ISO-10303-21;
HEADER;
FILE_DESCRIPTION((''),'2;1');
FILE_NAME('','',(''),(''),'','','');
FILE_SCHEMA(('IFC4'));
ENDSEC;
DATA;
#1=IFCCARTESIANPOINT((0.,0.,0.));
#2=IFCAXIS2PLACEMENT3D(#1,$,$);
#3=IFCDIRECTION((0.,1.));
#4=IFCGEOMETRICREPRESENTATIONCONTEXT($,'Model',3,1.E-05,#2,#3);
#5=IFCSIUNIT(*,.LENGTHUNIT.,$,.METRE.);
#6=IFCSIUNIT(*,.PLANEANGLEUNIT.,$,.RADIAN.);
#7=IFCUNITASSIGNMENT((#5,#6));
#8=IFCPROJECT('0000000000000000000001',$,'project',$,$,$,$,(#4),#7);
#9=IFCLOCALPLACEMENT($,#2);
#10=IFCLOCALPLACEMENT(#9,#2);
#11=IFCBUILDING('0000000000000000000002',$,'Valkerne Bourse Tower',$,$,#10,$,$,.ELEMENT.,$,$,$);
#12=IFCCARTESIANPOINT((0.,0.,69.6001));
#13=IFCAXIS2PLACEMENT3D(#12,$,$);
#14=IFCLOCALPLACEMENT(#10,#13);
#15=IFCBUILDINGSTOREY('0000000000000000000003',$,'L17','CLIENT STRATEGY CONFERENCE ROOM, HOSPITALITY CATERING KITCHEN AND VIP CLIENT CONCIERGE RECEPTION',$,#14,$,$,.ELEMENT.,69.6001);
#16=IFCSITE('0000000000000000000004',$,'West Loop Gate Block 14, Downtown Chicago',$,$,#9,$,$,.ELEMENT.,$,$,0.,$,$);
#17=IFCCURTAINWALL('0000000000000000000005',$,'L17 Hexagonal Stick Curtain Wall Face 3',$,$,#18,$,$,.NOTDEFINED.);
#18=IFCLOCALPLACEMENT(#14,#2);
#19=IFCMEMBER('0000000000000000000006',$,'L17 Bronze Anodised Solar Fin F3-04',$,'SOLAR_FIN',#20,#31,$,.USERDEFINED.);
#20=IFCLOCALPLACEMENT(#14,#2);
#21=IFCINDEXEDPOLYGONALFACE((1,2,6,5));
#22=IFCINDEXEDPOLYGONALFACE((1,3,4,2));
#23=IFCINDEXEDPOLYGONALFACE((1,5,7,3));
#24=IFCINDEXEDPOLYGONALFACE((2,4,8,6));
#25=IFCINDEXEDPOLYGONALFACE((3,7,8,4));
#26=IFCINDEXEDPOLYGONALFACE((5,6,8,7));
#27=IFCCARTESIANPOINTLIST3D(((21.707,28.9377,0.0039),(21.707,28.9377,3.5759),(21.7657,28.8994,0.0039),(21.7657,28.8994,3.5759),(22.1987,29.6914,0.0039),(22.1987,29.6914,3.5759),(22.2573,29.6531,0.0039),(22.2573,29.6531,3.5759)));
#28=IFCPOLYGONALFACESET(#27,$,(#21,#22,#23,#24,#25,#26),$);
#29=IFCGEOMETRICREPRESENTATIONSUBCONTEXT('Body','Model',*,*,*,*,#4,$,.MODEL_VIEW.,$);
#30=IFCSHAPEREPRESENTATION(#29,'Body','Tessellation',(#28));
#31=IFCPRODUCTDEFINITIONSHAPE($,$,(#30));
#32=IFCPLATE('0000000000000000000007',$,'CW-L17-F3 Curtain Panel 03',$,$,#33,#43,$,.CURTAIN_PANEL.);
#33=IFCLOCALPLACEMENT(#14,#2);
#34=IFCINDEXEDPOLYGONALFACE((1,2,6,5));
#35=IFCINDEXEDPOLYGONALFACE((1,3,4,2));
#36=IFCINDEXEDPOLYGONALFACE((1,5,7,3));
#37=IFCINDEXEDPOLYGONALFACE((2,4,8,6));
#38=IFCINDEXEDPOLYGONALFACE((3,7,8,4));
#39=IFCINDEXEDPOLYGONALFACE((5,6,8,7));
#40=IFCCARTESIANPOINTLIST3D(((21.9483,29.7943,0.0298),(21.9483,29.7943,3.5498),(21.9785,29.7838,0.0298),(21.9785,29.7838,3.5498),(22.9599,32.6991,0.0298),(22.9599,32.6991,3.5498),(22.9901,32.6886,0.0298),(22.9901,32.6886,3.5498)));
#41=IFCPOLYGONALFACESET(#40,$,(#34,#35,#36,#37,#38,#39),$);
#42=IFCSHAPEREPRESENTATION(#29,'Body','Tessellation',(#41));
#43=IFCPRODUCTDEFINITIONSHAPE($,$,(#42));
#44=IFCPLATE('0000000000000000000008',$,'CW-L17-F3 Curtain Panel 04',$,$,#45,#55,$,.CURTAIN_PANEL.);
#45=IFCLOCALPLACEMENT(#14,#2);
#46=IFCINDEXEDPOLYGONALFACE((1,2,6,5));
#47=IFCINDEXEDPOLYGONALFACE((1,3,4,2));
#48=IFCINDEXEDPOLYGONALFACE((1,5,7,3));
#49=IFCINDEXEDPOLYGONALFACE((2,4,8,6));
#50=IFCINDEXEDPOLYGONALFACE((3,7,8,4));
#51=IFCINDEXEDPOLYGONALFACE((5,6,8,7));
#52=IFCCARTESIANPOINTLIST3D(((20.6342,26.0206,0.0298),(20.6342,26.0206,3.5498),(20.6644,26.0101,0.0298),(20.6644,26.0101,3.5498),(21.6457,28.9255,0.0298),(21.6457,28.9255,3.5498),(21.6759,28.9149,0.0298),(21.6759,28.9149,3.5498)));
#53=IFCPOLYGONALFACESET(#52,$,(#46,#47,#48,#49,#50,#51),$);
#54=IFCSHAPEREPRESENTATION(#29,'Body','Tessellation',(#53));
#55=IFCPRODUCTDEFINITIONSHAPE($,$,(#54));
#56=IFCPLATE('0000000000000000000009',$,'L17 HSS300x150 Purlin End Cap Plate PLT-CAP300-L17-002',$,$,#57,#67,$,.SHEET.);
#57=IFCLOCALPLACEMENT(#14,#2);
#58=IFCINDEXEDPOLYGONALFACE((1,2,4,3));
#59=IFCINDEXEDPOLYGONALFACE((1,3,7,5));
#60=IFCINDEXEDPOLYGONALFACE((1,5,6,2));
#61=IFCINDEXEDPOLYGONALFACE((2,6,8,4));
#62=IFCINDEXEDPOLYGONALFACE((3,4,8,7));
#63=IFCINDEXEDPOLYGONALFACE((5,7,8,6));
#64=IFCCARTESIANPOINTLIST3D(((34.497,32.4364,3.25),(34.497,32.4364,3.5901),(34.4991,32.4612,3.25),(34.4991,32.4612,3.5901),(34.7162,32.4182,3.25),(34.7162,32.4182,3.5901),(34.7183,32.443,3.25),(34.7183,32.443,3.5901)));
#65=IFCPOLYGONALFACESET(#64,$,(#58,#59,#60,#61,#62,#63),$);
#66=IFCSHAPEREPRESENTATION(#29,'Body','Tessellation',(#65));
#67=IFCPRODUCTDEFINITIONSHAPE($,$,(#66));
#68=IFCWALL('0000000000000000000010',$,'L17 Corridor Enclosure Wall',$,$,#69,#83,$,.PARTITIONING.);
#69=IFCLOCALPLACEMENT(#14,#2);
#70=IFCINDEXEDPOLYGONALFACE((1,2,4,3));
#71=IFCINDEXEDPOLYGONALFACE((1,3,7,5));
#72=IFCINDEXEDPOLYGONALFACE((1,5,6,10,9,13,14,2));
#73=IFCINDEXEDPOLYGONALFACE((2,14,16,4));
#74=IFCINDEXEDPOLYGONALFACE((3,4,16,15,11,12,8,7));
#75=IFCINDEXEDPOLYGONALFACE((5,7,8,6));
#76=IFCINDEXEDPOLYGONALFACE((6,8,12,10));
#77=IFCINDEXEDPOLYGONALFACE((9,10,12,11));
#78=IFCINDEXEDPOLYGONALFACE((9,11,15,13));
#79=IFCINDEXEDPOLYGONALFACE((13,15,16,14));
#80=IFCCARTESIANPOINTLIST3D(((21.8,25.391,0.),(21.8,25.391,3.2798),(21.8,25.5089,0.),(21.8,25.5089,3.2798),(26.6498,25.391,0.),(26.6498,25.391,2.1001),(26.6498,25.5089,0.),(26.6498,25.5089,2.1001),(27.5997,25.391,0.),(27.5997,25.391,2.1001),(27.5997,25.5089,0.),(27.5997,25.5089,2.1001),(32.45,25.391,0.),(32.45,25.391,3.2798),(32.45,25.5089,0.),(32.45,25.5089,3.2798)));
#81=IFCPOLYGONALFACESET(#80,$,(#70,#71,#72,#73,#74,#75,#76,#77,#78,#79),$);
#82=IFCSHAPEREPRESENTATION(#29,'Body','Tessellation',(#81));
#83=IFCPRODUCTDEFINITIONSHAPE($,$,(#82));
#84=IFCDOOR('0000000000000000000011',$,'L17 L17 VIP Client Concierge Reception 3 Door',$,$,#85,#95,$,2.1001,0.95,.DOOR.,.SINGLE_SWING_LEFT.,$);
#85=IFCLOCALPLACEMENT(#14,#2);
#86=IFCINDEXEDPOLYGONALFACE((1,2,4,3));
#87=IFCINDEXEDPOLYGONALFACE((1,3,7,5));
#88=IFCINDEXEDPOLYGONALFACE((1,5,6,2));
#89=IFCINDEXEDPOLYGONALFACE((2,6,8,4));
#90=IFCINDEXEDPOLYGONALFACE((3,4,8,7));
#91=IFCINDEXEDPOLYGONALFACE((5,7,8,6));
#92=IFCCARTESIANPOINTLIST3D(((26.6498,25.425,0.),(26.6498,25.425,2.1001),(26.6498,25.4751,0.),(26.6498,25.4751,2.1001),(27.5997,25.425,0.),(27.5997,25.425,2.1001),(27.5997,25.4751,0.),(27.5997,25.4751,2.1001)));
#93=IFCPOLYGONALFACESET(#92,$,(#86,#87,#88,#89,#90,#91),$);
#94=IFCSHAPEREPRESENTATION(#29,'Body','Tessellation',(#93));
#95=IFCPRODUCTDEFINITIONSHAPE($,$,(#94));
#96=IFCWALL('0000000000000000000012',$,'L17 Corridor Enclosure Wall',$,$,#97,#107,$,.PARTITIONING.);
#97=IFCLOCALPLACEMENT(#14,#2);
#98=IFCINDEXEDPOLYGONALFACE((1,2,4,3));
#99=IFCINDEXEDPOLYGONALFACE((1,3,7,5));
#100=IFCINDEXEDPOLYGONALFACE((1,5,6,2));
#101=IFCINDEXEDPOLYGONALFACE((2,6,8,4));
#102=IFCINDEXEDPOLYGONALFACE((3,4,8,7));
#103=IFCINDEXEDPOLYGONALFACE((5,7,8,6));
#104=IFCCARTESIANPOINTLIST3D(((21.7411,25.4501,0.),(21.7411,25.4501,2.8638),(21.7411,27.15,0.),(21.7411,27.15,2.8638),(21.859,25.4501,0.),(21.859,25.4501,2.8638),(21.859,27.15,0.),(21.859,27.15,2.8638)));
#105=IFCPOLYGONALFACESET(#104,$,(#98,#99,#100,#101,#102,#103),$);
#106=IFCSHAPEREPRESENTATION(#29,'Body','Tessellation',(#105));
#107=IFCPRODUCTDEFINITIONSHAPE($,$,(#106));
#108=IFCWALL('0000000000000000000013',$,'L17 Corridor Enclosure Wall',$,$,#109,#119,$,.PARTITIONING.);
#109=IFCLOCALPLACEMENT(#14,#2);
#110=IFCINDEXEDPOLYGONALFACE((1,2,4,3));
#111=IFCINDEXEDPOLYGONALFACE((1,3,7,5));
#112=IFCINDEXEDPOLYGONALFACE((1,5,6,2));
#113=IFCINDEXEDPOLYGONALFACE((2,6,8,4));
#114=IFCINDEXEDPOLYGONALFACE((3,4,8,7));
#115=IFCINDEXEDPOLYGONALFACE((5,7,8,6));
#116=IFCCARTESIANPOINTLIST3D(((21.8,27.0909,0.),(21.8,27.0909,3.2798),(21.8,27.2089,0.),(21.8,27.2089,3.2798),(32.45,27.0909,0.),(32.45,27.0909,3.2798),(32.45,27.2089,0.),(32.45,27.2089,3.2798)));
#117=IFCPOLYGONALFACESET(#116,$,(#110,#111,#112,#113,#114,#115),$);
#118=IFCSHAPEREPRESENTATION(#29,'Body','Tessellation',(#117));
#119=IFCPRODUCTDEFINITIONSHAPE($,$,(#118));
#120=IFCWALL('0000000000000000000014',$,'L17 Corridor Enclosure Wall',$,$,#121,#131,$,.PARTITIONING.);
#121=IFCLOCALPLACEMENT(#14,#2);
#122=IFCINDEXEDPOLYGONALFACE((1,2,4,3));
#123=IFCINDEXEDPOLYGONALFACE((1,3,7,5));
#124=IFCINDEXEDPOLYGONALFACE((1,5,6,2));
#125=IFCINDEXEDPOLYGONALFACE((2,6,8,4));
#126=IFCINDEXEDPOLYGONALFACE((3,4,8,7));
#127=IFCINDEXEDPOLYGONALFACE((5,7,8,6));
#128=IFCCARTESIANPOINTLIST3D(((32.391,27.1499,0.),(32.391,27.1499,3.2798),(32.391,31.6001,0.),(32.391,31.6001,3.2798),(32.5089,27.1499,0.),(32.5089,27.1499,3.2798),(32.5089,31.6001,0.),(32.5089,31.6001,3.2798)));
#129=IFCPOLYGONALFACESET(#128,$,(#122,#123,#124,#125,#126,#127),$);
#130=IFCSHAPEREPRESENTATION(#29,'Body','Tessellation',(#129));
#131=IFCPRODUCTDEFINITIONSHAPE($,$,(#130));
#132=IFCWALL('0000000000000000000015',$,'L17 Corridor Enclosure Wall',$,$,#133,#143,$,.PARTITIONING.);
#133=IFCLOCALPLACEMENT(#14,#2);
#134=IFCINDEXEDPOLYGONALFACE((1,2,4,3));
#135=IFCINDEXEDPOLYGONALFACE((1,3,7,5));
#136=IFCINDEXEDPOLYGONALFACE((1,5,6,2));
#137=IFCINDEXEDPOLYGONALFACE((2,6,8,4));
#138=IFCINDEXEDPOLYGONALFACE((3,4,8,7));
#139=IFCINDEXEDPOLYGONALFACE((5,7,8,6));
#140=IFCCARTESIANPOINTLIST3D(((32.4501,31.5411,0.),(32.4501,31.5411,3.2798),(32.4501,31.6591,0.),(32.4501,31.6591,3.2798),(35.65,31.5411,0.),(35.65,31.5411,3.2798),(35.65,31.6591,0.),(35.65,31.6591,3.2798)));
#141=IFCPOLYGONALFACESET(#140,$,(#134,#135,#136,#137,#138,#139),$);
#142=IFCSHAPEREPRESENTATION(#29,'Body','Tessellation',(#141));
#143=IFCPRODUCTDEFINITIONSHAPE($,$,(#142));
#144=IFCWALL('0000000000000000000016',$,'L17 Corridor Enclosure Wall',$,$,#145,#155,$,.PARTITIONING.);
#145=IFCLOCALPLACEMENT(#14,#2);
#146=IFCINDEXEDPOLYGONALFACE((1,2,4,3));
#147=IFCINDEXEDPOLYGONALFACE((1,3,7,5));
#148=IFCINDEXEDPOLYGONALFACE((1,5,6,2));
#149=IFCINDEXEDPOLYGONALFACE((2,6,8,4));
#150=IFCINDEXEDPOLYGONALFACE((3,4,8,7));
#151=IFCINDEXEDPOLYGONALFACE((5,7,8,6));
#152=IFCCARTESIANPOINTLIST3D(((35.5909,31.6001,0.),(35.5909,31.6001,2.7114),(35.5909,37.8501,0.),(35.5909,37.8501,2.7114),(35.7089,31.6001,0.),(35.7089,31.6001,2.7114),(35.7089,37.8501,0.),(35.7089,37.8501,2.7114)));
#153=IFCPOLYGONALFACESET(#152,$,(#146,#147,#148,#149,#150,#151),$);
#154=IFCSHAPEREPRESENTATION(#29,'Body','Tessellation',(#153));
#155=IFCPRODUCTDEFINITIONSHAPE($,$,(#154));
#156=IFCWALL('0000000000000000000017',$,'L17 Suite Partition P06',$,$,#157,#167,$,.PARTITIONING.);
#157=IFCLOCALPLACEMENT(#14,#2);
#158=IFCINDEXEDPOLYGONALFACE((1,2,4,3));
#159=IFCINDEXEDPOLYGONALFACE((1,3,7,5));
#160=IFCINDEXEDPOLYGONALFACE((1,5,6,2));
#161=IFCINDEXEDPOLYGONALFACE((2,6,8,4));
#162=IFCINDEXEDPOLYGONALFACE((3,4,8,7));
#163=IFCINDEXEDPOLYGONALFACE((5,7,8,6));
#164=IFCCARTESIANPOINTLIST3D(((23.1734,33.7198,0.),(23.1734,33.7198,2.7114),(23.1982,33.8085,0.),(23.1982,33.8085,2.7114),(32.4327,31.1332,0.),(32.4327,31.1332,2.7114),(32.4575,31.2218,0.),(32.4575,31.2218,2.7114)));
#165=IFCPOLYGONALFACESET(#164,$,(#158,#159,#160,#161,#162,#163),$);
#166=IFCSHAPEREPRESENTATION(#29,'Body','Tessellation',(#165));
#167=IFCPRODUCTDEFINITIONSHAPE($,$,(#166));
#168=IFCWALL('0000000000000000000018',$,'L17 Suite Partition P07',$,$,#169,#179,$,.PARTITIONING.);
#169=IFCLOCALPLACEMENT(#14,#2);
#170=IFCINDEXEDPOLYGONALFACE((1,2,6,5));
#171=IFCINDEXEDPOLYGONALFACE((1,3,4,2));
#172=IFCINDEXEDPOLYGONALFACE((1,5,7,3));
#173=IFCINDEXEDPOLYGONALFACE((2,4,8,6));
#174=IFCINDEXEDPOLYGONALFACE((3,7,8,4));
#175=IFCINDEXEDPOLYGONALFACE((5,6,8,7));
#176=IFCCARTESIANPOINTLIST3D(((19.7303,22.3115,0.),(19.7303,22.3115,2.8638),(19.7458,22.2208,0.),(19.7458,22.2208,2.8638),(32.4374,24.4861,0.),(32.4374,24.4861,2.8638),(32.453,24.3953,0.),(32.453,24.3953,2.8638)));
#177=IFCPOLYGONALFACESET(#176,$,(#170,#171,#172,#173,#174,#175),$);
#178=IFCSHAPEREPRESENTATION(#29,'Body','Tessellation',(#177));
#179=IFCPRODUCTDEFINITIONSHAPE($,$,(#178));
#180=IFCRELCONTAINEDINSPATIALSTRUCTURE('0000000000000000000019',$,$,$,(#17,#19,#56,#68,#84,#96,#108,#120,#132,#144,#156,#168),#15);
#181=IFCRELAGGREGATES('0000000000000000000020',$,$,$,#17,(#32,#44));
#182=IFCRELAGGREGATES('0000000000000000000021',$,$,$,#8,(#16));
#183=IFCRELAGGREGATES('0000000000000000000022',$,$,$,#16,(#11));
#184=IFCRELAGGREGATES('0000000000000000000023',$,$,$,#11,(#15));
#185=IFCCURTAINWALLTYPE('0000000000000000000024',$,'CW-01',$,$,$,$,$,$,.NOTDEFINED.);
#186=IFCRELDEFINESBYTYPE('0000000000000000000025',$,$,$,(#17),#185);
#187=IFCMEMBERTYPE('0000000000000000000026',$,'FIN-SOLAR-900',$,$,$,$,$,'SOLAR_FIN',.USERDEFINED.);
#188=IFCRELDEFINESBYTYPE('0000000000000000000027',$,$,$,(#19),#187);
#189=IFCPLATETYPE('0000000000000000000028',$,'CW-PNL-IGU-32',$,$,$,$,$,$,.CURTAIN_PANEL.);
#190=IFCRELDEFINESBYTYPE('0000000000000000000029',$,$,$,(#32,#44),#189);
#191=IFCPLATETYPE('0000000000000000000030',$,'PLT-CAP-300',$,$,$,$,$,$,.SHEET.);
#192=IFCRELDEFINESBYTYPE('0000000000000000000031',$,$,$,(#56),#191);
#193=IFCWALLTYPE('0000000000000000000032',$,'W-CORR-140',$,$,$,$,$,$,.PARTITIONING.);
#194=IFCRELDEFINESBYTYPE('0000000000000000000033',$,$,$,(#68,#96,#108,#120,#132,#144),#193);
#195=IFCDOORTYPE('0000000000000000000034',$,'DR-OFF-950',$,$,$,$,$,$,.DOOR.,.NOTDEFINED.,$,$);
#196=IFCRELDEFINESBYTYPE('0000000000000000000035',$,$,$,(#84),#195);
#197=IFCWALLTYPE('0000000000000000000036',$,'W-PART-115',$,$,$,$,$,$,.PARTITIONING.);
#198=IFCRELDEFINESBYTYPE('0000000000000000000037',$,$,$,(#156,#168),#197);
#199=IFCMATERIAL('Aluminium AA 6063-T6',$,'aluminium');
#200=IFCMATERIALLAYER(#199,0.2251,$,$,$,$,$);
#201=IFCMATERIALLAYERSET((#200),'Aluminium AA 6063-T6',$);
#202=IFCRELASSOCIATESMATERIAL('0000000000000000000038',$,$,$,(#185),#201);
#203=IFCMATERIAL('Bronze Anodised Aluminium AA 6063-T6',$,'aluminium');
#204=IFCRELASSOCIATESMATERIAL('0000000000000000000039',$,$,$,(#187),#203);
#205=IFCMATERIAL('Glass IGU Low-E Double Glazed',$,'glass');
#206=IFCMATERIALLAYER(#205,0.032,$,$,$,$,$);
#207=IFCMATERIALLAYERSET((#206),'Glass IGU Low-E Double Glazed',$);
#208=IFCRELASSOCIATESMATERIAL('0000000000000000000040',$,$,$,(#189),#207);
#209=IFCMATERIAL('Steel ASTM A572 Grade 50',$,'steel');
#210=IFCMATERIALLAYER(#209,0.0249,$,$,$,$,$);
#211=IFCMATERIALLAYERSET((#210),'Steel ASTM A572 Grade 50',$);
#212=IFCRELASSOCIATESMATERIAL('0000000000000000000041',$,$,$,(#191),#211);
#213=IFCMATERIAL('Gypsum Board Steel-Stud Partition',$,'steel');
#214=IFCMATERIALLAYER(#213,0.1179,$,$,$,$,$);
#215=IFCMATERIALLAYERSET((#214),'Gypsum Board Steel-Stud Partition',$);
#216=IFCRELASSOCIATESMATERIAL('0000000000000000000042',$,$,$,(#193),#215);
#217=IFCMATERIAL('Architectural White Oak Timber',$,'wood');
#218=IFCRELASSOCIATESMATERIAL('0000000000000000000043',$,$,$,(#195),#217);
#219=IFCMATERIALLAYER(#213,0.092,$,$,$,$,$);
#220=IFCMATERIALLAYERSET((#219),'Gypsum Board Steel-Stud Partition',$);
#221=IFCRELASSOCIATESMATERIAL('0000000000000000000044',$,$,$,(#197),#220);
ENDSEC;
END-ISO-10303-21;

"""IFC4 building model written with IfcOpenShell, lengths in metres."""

from ifc_helpers import new_model, si_unit, direction, frame, frame_2d, origin, origin_2d, place, context, subcontext, project, spatial, rectangle, extrude, material, layer, layer_set, material_profile, profile_set, type_object, element, fill, aggregate, save


model = new_model("IFC4")

# Units and contexts
model_context = context("Model", 3, precision=1e-05, world=origin(), true_north=direction((0.0, 1.0)))
body_context = subcontext(model_context, "Body", "Model", "MODEL_VIEW")
ifc_project = project(units=[si_unit("LENGTHUNIT", "METRE"), si_unit("PLANEANGLEUNIT", "RADIAN")], contexts=[model_context])

# Site, building, storey
site_placement = place(None, origin())
site = spatial("IfcSite", under=ifc_project, at=site_placement, Name="West Loop Gate Block 14, Downtown Chicago", CompositionType="ELEMENT", RefElevation=0.0)
building_placement = place(site_placement, origin())
building = spatial("IfcBuilding", under=site, at=building_placement, Name="Valkerne Bourse Tower", CompositionType="ELEMENT")
storey_placement = place(building_placement, frame((0.0, 0.0, 69.6001)))
storey = spatial("IfcBuildingStorey", under=building, at=storey_placement, Name="L17", Description="CLIENT STRATEGY CONFERENCE ROOM, HOSPITALITY CATERING KITCHEN AND VIP CLIENT CONCIERGE RECEPTION", CompositionType="ELEMENT", Elevation=69.6001)

# Curtain wall
ifc_material_1 = material(Name="Aluminium AA 6063-T6", Category="aluminium")
ifc_layer_1 = layer(ifc_material_1, 0.2251)
ifc_layer_set_1 = layer_set([ifc_layer_1], Name="Aluminium AA 6063-T6")
curtain_wall_type = type_object("IfcCurtainWallType", Name="CW-01", PredefinedType="NOTDEFINED", material=ifc_layer_set_1)
curtain_wall_placement = place(storey_placement, origin())
curtain_wall = element("IfcCurtainWall", 1, at=curtain_wall_placement, inside=storey, type_object=curtain_wall_type, Name="L17 Hexagonal Stick Curtain Wall Face 3", PredefinedType="NOTDEFINED")

# Member
ifc_material_2 = material(Name="Bronze Anodised Aluminium AA 6063-T6", Category="aluminium")
ifc_material_profile_1 = material_profile(ifc_material_2, rectangle(XDim=0.0701, YDim=0.8999, at=origin_2d()), Name="FIN-70X900")
ifc_profile_set_1 = profile_set([ifc_material_profile_1], Name="Bronze Anodised Aluminium AA 6063-T6")
member_type_1 = type_object("IfcMemberType", Name="FIN-SOLAR-900", ElementType="SOLAR_FIN", PredefinedType="USERDEFINED", material=ifc_profile_set_1)
member_1_placement = place(storey_placement, frame((21.9822, 29.2954, 0.0039), z_axis=(0.0, 0.0, 1.0), x_axis=(-0.837577, 0.546319, 0.0)))
element("IfcMember", 2, at=member_1_placement, inside=storey, type_object=member_type_1, Name="L17 Bronze Anodised Solar Fin F3-04", ObjectType="SOLAR_FIN", PredefinedType="USERDEFINED", context=body_context, shape_type="SweptSolid", body=[
    extrude(rectangle(XDim=0.0701, YDim=0.8999, at=origin_2d()), origin(), (0.0, 0.0, 1.0), 3.572),
])

# Plates
ifc_material_3 = material(Name="Glass IGU Low-E Double Glazed", Category="glass")
ifc_layer_2 = layer(ifc_material_3, 0.032)
ifc_layer_set_2 = layer_set([ifc_layer_2], Name="Glass IGU Low-E Double Glazed")
plate_type_1 = type_object("IfcPlateType", Name="CW-PNL-IGU-32", PredefinedType="CURTAIN_PANEL", material=ifc_layer_set_2)
plate_1_placement = place(storey_placement, frame((22.4692, 31.2415, 0.0298), z_axis=(0.0, 0.0, 1.0), x_axis=(-0.32888, -0.944372, 0.0)))
plate_1 = element("IfcPlate", 3, at=plate_1_placement, type_object=plate_type_1, Name="CW-L17-F3 Curtain Panel 03", PredefinedType="CURTAIN_PANEL", context=body_context, shape_type="SweptSolid", body=[
    extrude(rectangle(XDim=3.0759, YDim=0.032, at=origin_2d()), origin(), (0.0, 0.0, 1.0), 3.52),
])
plate_2_placement = place(storey_placement, frame((21.155, 27.4678, 0.0298), z_axis=(0.0, 0.0, 1.0), x_axis=(-0.328857, -0.94438, 0.0)))
plate_2 = element("IfcPlate", 4, at=plate_2_placement, type_object=plate_type_1, Name="CW-L17-F3 Curtain Panel 04", PredefinedType="CURTAIN_PANEL", context=body_context, shape_type="SweptSolid", body=[
    extrude(rectangle(XDim=3.0759, YDim=0.032, at=origin_2d()), origin(), (0.0, 0.0, 1.0), 3.52),
])
aggregate(curtain_wall, [plate_1, plate_2])
ifc_material_4 = material(Name="Steel ASTM A572 Grade 50", Category="steel")
ifc_layer_3 = layer(ifc_material_4, 0.0249)
ifc_layer_set_3 = layer_set([ifc_layer_3], Name="Steel ASTM A572 Grade 50")
plate_type_2 = type_object("IfcPlateType", Name="PLT-CAP-300", PredefinedType="SHEET", material=ifc_layer_set_3)
plate_3_placement = place(storey_placement, frame((34.6077, 32.4397, 3.25), z_axis=(0.0, 0.0, 1.0), x_axis=(-0.082982, -0.996551, 0.0)))
element("IfcPlate", 5, at=plate_3_placement, inside=storey, type_object=plate_type_2, Name="L17 HSS300x150 Purlin End Cap Plate PLT-CAP300-L17-002", PredefinedType="SHEET", context=body_context, shape_type="SweptSolid", body=[
    extrude(rectangle(XDim=0.0249, YDim=0.22, at=origin_2d()), origin(), (0.0, 0.0, 1.0), 0.3401),
])

# Wall, opening, door
ifc_material_5 = material(Name="Gypsum Board Steel-Stud Partition", Category="steel")
ifc_layer_4 = layer(ifc_material_5, 0.1179)
ifc_layer_set_4 = layer_set([ifc_layer_4], Name="Gypsum Board Steel-Stud Partition")
wall_type_1 = type_object("IfcWallType", Name="W-CORR-140", PredefinedType="PARTITIONING", material=ifc_layer_set_4)
wall_1_placement = place(storey_placement, frame((32.45, 25.45, 0.0), z_axis=(0.0, 0.0, 1.0), x_axis=(-1.0, 0.0, 0.0)))
wall_1 = element("IfcWall", 6, at=wall_1_placement, inside=storey, type_object=wall_type_1, Name="L17 Corridor Enclosure Wall", PredefinedType="PARTITIONING", context=body_context, shape_type="SweptSolid", body=[
    extrude(rectangle(XDim=10.6499, YDim=0.1179, at=frame_2d((5.325, 0.0))), origin(), (0.0, 0.0, 1.0), 3.2798),
])
opening_placement = place(wall_1_placement, frame((4.8501, 0.0, 0.0)))
opening = element("IfcOpeningElement", 7, at=opening_placement, cuts=wall_1, PredefinedType="OPENING", context=body_context, shape_type="SweptSolid", body=[
    extrude(rectangle(XDim=0.95, YDim=2.1001, at=frame_2d((0.4751, 1.05))), frame((0.0, 0.0688, 0.0), z_axis=(0.0, -1.0, 0.0), x_axis=(1.0, 0.0, 0.0)), (0.0, 0.0, 1.0), 0.1379),
])
ifc_material_6 = material(Name="Architectural White Oak Timber", Category="wood")
door_type = type_object("IfcDoorType", Name="DR-OFF-950", OperationType="NOTDEFINED", PredefinedType="DOOR", material=ifc_material_6)
door_placement = place(opening_placement, origin())
door = element("IfcDoor", 8, at=door_placement, inside=storey, type_object=door_type, Name="L17 L17 VIP Client Concierge Reception 3 Door", OperationType="SINGLE_SWING_LEFT", OverallHeight=2.1001, OverallWidth=0.95, PredefinedType="DOOR", context=body_context, shape_type="SweptSolid", body=[
    extrude(rectangle(XDim=0.95, YDim=2.1001, at=frame_2d((0.4751, 1.05))), frame((0.0, 0.0249, 0.0), z_axis=(0.0, -1.0, 0.0), x_axis=(1.0, 0.0, 0.0)), (0.0, 0.0, 1.0), 0.05),
])
fill(opening, door)

# Walls
wall_2_placement = place(storey_placement, frame((21.8, 25.45, 0.0), z_axis=(0.0, 0.0, 1.0), x_axis=(0.0, 1.0, 0.0)))
element("IfcWall", 9, at=wall_2_placement, inside=storey, type_object=wall_type_1, Name="L17 Corridor Enclosure Wall", PredefinedType="PARTITIONING", context=body_context, shape_type="SweptSolid", body=[
    extrude(rectangle(XDim=1.7, YDim=0.1179, at=frame_2d((0.8501, 0.0))), origin(), (0.0, 0.0, 1.0), 2.8638),
])
wall_3_placement = place(storey_placement, frame((21.8, 27.1499, 0.0), z_axis=(0.0, 0.0, 1.0), x_axis=(1.0, 0.0, 0.0)))
element("IfcWall", 10, at=wall_3_placement, inside=storey, type_object=wall_type_1, Name="L17 Corridor Enclosure Wall", PredefinedType="PARTITIONING", context=body_context, shape_type="SweptSolid", body=[
    extrude(rectangle(XDim=10.6499, YDim=0.1179, at=frame_2d((5.325, 0.0))), origin(), (0.0, 0.0, 1.0), 3.2798),
])
wall_4_placement = place(storey_placement, frame((32.45, 27.1499, 0.0), z_axis=(0.0, 0.0, 1.0), x_axis=(0.0, 1.0, 0.0)))
element("IfcWall", 11, at=wall_4_placement, inside=storey, type_object=wall_type_1, Name="L17 Corridor Enclosure Wall", PredefinedType="PARTITIONING", context=body_context, shape_type="SweptSolid", body=[
    extrude(rectangle(XDim=4.4502, YDim=0.1179, at=frame_2d((2.2251, 0.0))), origin(), (0.0, 0.0, 1.0), 3.2798),
])
wall_5_placement = place(storey_placement, frame((32.45, 31.6001, 0.0), z_axis=(0.0, 0.0, 1.0), x_axis=(1.0, 0.0, 0.0)))
element("IfcWall", 12, at=wall_5_placement, inside=storey, type_object=wall_type_1, Name="L17 Corridor Enclosure Wall", PredefinedType="PARTITIONING", context=body_context, shape_type="SweptSolid", body=[
    extrude(rectangle(XDim=3.2, YDim=0.1179, at=frame_2d((1.6001, 0.0))), origin(), (0.0, 0.0, 1.0), 3.2798),
])
wall_6_placement = place(storey_placement, frame((35.6499, 31.6001, 0.0), z_axis=(0.0, 0.0, 1.0), x_axis=(0.0, 1.0, 0.0)))
element("IfcWall", 13, at=wall_6_placement, inside=storey, type_object=wall_type_1, Name="L17 Corridor Enclosure Wall", PredefinedType="PARTITIONING", context=body_context, shape_type="SweptSolid", body=[
    extrude(rectangle(XDim=6.25, YDim=0.1179, at=frame_2d((3.125, 0.0))), origin(), (0.0, 0.0, 1.0), 2.7114),
])
ifc_layer_5 = layer(ifc_material_5, 0.092)
ifc_layer_set_5 = layer_set([ifc_layer_5], Name="Gypsum Board Steel-Stud Partition")
wall_type_2 = type_object("IfcWallType", Name="W-PART-115", PredefinedType="PARTITIONING", material=ifc_layer_set_5)
wall_7_placement = place(storey_placement, frame((32.4451, 31.1775, 0.0), z_axis=(0.0, 0.0, 1.0), x_axis=(-0.963124, 0.269058, 0.0)))
element("IfcWall", 14, at=wall_7_placement, inside=storey, type_object=wall_type_2, Name="L17 Suite Partition P06", PredefinedType="PARTITIONING", context=body_context, shape_type="SweptSolid", body=[
    extrude(rectangle(XDim=9.6138, YDim=0.092, at=frame_2d((4.8069, 0.0))), origin(), (0.0, 0.0, 1.0), 2.7114),
])
wall_8_placement = place(storey_placement, frame((32.4451, 24.4407, 0.0), z_axis=(0.0, 0.0, 1.0), x_axis=(-0.985671, -0.168678, 0.0)))
element("IfcWall", 15, at=wall_8_placement, inside=storey, type_object=wall_type_2, Name="L17 Suite Partition P07", PredefinedType="PARTITIONING", context=body_context, shape_type="SweptSolid", body=[
    extrude(rectangle(XDim=12.8918, YDim=0.092, at=frame_2d((6.4458, 0.0))), origin(), (0.0, 0.0, 1.0), 2.8638),
])

save(model, "model.ifc")
